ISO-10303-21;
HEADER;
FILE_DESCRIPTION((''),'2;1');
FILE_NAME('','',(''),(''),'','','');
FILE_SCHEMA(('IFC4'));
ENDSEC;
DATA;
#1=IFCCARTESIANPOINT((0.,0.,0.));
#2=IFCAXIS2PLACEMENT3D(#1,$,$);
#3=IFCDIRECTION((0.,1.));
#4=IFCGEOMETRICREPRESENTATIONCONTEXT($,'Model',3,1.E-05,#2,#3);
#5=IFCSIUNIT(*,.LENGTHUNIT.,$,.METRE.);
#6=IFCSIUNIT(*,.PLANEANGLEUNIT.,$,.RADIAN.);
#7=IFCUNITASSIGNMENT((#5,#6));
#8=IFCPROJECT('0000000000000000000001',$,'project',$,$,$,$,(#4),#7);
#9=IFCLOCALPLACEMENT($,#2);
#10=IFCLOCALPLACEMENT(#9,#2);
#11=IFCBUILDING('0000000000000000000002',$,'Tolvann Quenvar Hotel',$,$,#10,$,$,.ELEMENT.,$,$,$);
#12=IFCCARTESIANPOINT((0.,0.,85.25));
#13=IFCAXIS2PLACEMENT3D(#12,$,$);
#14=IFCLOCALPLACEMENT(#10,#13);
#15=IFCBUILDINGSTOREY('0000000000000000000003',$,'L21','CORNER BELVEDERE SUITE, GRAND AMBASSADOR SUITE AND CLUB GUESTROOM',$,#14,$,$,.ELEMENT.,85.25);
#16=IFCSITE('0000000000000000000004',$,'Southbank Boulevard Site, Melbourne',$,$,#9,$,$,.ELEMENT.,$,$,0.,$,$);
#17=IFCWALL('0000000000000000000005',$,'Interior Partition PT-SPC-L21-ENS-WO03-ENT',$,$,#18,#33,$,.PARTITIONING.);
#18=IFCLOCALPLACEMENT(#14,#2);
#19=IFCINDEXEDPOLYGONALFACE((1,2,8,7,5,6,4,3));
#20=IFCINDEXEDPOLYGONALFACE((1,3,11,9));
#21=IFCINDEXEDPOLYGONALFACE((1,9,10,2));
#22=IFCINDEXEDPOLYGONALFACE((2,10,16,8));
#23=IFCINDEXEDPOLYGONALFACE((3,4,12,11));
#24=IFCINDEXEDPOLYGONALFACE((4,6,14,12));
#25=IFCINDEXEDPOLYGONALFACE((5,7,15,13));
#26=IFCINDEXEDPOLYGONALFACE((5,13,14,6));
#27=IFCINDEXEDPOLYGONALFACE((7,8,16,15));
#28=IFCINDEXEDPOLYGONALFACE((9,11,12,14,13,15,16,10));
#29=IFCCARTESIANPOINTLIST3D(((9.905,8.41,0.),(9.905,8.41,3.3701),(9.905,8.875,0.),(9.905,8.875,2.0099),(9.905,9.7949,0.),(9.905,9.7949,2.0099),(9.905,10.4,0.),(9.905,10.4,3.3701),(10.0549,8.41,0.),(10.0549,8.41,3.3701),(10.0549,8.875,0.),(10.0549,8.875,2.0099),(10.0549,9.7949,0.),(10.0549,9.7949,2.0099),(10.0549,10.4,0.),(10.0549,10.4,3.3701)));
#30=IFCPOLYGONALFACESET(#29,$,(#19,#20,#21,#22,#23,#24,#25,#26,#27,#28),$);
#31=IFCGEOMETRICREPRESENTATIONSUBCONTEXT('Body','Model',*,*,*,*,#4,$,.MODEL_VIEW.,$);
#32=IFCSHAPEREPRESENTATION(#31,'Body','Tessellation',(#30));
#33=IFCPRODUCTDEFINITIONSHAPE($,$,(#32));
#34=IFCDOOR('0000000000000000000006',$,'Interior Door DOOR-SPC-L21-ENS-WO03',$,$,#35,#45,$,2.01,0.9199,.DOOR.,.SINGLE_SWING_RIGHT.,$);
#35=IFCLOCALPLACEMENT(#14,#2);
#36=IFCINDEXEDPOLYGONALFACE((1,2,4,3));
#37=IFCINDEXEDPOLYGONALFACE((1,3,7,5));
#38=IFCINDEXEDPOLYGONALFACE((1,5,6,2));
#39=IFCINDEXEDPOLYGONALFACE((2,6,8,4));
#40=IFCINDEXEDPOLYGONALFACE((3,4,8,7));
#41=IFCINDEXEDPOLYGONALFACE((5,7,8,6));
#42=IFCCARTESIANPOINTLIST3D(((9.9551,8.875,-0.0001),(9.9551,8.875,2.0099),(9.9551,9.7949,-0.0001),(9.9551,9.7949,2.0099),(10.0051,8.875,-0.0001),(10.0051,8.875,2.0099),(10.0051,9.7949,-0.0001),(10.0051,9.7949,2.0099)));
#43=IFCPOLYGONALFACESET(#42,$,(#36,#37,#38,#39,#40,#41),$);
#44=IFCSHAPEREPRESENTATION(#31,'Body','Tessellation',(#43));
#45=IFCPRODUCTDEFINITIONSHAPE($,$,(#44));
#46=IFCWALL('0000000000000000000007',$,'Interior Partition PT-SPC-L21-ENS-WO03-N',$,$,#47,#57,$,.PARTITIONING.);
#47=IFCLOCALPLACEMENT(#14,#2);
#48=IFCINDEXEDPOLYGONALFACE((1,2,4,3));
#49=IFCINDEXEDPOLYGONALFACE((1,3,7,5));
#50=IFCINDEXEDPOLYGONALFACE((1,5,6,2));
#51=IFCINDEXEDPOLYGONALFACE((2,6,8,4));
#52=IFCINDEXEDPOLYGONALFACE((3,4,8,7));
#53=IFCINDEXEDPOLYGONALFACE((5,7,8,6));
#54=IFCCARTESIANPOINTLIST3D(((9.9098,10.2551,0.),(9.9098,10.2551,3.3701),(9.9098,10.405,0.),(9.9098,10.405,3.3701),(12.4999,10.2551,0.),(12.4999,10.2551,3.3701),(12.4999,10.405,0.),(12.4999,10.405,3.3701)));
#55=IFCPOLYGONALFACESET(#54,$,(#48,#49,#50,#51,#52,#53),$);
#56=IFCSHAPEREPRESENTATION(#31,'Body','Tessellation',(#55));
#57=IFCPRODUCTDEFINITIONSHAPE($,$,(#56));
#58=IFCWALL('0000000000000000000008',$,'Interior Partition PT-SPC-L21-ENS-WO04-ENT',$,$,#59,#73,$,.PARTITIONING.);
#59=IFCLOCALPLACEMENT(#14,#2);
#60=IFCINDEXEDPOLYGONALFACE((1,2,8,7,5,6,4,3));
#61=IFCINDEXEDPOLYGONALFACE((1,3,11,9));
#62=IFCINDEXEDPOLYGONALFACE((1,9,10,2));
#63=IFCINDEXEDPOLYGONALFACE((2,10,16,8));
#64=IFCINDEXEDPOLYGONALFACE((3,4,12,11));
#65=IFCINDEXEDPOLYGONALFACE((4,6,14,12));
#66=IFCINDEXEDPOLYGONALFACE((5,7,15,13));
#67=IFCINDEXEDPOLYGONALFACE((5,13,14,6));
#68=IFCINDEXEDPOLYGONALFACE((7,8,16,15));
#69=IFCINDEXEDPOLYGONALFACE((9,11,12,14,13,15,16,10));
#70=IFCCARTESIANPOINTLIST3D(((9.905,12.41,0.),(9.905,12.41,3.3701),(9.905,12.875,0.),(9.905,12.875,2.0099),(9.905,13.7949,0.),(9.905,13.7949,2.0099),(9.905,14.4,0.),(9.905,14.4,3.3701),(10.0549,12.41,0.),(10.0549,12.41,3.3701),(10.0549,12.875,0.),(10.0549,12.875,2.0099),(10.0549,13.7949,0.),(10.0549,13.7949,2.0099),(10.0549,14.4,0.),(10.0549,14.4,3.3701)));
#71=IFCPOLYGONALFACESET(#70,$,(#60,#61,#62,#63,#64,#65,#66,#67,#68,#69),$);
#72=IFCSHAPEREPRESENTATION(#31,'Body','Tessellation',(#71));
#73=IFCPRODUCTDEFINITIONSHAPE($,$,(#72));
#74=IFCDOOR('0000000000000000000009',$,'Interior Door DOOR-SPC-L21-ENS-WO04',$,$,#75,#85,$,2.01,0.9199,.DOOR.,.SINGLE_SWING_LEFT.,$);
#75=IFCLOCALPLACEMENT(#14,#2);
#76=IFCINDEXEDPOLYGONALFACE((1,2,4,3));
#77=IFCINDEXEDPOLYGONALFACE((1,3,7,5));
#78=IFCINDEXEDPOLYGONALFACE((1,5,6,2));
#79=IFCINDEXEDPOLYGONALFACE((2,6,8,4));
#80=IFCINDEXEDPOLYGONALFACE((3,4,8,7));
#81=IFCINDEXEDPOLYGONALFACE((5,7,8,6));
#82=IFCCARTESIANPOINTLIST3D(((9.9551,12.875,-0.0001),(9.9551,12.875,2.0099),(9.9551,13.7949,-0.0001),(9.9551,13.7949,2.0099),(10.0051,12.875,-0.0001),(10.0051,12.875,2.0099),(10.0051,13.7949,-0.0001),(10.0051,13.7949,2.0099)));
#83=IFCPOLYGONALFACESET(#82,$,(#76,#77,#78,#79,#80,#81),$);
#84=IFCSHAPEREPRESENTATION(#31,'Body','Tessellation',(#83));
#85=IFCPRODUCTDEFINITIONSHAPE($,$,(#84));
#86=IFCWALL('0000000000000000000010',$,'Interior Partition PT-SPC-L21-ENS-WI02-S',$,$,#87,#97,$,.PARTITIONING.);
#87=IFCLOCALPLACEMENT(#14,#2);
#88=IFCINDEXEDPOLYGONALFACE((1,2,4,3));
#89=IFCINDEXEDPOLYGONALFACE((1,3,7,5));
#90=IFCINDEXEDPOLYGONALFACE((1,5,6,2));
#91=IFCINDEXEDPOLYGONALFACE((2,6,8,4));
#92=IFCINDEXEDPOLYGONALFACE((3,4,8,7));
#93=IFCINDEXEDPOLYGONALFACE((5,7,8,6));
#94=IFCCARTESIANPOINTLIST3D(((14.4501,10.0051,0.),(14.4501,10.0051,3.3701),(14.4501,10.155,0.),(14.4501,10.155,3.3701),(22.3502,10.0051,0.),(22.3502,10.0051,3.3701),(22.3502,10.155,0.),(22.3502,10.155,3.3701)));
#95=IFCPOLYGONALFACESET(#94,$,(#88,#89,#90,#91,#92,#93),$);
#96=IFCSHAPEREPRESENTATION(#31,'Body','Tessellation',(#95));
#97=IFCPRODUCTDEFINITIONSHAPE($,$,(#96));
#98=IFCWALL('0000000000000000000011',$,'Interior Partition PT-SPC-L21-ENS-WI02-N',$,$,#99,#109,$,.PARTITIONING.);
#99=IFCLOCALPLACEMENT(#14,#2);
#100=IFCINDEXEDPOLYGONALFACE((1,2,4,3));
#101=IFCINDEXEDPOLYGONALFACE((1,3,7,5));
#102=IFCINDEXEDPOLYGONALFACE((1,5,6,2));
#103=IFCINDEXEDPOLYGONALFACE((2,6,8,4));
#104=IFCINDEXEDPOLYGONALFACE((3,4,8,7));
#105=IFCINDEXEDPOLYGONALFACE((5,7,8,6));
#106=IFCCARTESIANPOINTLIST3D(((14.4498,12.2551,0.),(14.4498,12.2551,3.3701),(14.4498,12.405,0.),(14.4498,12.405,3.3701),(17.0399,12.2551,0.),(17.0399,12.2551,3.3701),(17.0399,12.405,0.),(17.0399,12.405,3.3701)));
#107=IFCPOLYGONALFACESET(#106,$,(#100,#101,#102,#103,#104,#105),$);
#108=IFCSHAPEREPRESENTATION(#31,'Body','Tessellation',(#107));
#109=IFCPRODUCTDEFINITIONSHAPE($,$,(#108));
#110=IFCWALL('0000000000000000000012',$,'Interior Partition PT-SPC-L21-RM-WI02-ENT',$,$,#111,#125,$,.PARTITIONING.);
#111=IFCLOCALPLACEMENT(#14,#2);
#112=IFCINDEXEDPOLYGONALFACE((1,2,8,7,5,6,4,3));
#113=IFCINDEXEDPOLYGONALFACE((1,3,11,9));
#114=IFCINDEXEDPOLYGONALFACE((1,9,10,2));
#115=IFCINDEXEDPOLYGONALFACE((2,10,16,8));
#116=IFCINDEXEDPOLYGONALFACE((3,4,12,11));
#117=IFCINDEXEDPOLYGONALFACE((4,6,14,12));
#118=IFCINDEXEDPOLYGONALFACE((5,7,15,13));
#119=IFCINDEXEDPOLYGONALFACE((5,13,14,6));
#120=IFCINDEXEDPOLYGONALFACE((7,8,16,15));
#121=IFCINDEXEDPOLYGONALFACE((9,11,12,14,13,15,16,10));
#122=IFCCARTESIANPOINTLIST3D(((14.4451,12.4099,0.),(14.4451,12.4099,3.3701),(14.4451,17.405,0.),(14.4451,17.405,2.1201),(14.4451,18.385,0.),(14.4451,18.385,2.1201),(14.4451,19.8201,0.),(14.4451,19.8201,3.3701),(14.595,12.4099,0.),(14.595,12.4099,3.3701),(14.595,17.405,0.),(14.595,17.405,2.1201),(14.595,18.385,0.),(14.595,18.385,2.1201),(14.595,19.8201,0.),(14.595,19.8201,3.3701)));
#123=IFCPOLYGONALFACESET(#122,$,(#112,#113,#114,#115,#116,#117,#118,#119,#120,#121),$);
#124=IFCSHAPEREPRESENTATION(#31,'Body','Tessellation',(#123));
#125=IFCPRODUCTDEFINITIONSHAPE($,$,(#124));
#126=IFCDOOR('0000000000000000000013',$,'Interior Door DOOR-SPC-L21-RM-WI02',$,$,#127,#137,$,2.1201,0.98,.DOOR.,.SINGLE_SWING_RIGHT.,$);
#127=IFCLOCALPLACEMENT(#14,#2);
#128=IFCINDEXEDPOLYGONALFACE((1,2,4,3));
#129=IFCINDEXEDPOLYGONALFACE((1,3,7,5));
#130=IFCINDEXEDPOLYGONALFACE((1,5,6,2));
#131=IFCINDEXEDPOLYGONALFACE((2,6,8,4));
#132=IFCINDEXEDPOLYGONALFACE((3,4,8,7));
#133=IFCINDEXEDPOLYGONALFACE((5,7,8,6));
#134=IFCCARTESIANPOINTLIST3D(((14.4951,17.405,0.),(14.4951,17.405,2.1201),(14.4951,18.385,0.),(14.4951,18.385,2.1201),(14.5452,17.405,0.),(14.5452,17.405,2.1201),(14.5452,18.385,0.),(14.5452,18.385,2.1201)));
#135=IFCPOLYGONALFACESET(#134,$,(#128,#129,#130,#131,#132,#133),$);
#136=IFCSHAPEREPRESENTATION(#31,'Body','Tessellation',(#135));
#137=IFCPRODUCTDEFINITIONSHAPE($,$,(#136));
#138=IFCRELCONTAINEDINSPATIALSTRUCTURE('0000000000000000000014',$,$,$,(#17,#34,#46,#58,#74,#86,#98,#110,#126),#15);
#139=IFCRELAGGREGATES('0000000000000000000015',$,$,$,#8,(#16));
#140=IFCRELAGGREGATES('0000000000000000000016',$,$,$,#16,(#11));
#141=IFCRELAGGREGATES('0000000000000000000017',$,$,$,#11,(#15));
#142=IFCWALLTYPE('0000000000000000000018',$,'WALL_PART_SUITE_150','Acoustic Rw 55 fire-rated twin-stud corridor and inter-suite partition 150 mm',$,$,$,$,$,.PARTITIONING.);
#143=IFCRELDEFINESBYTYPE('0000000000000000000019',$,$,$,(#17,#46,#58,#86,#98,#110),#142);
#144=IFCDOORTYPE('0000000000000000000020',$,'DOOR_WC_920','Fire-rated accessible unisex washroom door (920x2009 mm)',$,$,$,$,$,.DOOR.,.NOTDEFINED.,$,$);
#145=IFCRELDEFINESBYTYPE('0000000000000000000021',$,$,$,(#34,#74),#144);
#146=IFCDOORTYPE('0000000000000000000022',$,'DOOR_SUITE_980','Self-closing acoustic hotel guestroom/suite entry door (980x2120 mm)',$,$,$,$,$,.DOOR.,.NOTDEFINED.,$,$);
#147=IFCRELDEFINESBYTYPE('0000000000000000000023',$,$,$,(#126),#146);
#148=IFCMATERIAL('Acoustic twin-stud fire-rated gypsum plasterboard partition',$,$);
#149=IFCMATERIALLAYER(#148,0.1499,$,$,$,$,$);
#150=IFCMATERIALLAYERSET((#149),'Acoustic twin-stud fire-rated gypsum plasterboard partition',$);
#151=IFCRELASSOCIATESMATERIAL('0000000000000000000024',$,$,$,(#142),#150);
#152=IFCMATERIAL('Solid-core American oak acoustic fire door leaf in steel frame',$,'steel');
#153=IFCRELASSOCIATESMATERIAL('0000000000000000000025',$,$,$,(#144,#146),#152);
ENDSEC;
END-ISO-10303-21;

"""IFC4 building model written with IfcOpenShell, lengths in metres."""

from ifc_helpers import new_model, si_unit, direction, frame, frame_2d, origin, place, context, subcontext, project, spatial, rectangle, extrude, source, transform, mapped, material, layer, layer_set, type_object, type_shapes, element, fill, save


model = new_model("IFC4")

# Units and contexts
model_context = context("Model", 3, precision=1e-05, world=origin(), true_north=direction((0.0, 1.0)))
body_context = subcontext(model_context, "Body", "Model", "MODEL_VIEW")
ifc_project = project(units=[si_unit("LENGTHUNIT", "METRE"), si_unit("PLANEANGLEUNIT", "RADIAN")], contexts=[model_context])

# Site, building, storey
site_placement = place(None, origin())
site = spatial("IfcSite", under=ifc_project, at=site_placement, Name="Southbank Boulevard Site, Melbourne", CompositionType="ELEMENT", RefElevation=0.0)
building_placement = place(site_placement, origin())
building = spatial("IfcBuilding", under=site, at=building_placement, Name="Tolvann Quenvar Hotel", CompositionType="ELEMENT")
storey_placement = place(building_placement, frame((0.0, 0.0, 85.25)))
storey = spatial("IfcBuildingStorey", under=building, at=storey_placement, Name="L21", Description="CORNER BELVEDERE SUITE, GRAND AMBASSADOR SUITE AND CLUB GUESTROOM", CompositionType="ELEMENT", Elevation=85.25)

# Wall, opening, door
ifc_material_1 = material(Name="Acoustic twin-stud fire-rated gypsum plasterboard partition")
ifc_layer_1 = layer(ifc_material_1, 0.1499)
ifc_layer_set_1 = layer_set([ifc_layer_1], Name="Acoustic twin-stud fire-rated gypsum plasterboard partition")
wall_type_1 = type_object("IfcWallType", Name="WALL_PART_SUITE_150", Description="Acoustic Rw 55 fire-rated twin-stud corridor and inter-suite partition 150 mm", PredefinedType="PARTITIONING", material=ifc_layer_set_1)
wall_1_placement = place(storey_placement, frame((9.98, 8.4099, 0.0), z_axis=(0.0, 0.0, 1.0), x_axis=(0.0, 1.0, 0.0)))
wall_1 = element("IfcWall", 1, at=wall_1_placement, inside=storey, type_object=wall_type_1, Name="Interior Partition PT-SPC-L21-ENS-WO03-ENT", PredefinedType="PARTITIONING", context=body_context, shape_type="SweptSolid", body=[
    extrude(rectangle(XDim=1.99, YDim=0.1499, at=frame_2d((0.9951, 0.0))), origin(), (0.0, 0.0, 1.0), 3.3701),
])
opening_1_placement = place(wall_1_placement, frame((0.4651, 0.0, 0.0)))
opening_1 = element("IfcOpeningElement", 2, at=opening_1_placement, cuts=wall_1, PredefinedType="OPENING", context=body_context, shape_type="SweptSolid", body=[
    extrude(rectangle(XDim=0.9199, YDim=2.01, at=frame_2d((0.46, 1.0049))), frame((0.0, 0.085, 0.0), z_axis=(0.0, -1.0, 0.0), x_axis=(1.0, 0.0, 0.0)), (0.0, 0.0, 1.0), 0.1699),
])
ifc_material_2 = material(Name="Solid-core American oak acoustic fire door leaf in steel frame", Category="steel")
door_type_1 = type_object("IfcDoorType", Name="DOOR_WC_920", Description="Fire-rated accessible unisex washroom door (920x2009 mm)", OperationType="NOTDEFINED", PredefinedType="DOOR", material=ifc_material_2)
shared_shape_1 = source(origin(), body_context, "Body", "SweptSolid", [
    extrude(rectangle(XDim=0.9199, YDim=2.01, at=frame_2d((0.46, 1.0049))), frame((0.0, 0.0249, 0.0), z_axis=(0.0, -1.0, 0.0), x_axis=(1.0, 0.0, 0.0)), (0.0, 0.0, 1.0), 0.05),
])
type_shapes(door_type_1, [shared_shape_1])
door_1_placement = place(opening_1_placement, origin())
door_1 = element("IfcDoor", 3, at=door_1_placement, inside=storey, type_object=door_type_1, Name="Interior Door DOOR-SPC-L21-ENS-WO03", OperationType="SINGLE_SWING_RIGHT", OverallHeight=2.01, OverallWidth=0.9199, PredefinedType="DOOR", context=body_context, shape_type="MappedRepresentation", body=[
    mapped(shared_shape_1, transform((0.0, 0.0, 0.0), x_axis=(1.0, 0.0, 0.0), y_axis=(0.0, 1.0, 0.0), z_axis=(0.0, 0.0, 1.0), scale=1.0)),
])
fill(opening_1, door_1)

# Wall
wall_2_placement = place(storey_placement, frame((9.9099, 10.3301, 0.0), z_axis=(0.0, 0.0, 1.0), x_axis=(1.0, 0.0, 0.0)))
element("IfcWall", 4, at=wall_2_placement, inside=storey, type_object=wall_type_1, Name="Interior Partition PT-SPC-L21-ENS-WO03-N", PredefinedType="PARTITIONING", context=body_context, shape_type="SweptSolid", body=[
    extrude(rectangle(XDim=2.5901, YDim=0.1499, at=frame_2d((1.2949, 0.0))), origin(), (0.0, 0.0, 1.0), 3.3701),
])

# Wall, opening, door
wall_3_placement = place(storey_placement, frame((9.98, 12.4099, 0.0), z_axis=(0.0, 0.0, 1.0), x_axis=(0.0, 1.0, 0.0)))
wall_3 = element("IfcWall", 5, at=wall_3_placement, inside=storey, type_object=wall_type_1, Name="Interior Partition PT-SPC-L21-ENS-WO04-ENT", PredefinedType="PARTITIONING", context=body_context, shape_type="SweptSolid", body=[
    extrude(rectangle(XDim=1.99, YDim=0.1499, at=frame_2d((0.9951, 0.0))), origin(), (0.0, 0.0, 1.0), 3.3701),
])
opening_2_placement = place(wall_3_placement, frame((0.4651, 0.0, 0.0)))
opening_2 = element("IfcOpeningElement", 6, at=opening_2_placement, cuts=wall_3, PredefinedType="OPENING", context=body_context, shape_type="SweptSolid", body=[
    extrude(rectangle(XDim=0.9199, YDim=2.01, at=frame_2d((0.46, 1.0049))), frame((0.0, 0.085, 0.0), z_axis=(0.0, -1.0, 0.0), x_axis=(1.0, 0.0, 0.0)), (0.0, 0.0, 1.0), 0.1699),
])
door_2_placement = place(opening_2_placement, origin())
door_2 = element("IfcDoor", 7, at=door_2_placement, inside=storey, type_object=door_type_1, Name="Interior Door DOOR-SPC-L21-ENS-WO04", OperationType="SINGLE_SWING_LEFT", OverallHeight=2.01, OverallWidth=0.9199, PredefinedType="DOOR", context=body_context, shape_type="MappedRepresentation", body=[
    mapped(shared_shape_1, transform((0.0, 0.0, 0.0), x_axis=(1.0, 0.0, 0.0), y_axis=(0.0, 1.0, 0.0), z_axis=(0.0, 0.0, 1.0), scale=1.0)),
])
fill(opening_2, door_2)

# Walls
wall_4_placement = place(storey_placement, frame((14.45, 10.0801, 0.0), z_axis=(0.0, 0.0, 1.0), x_axis=(1.0, 0.0, 0.0)))
element("IfcWall", 8, at=wall_4_placement, inside=storey, type_object=wall_type_1, Name="Interior Partition PT-SPC-L21-ENS-WI02-S", PredefinedType="PARTITIONING", context=body_context, shape_type="SweptSolid", body=[
    extrude(rectangle(XDim=7.9001, YDim=0.1499, at=frame_2d((3.9502, 0.0))), origin(), (0.0, 0.0, 1.0), 3.3701),
])
wall_5_placement = place(storey_placement, frame((14.45, 12.3301, 0.0), z_axis=(0.0, 0.0, 1.0), x_axis=(1.0, 0.0, 0.0)))
element("IfcWall", 9, at=wall_5_placement, inside=storey, type_object=wall_type_1, Name="Interior Partition PT-SPC-L21-ENS-WI02-N", PredefinedType="PARTITIONING", context=body_context, shape_type="SweptSolid", body=[
    extrude(rectangle(XDim=2.5901, YDim=0.1499, at=frame_2d((1.2949, 0.0))), origin(), (0.0, 0.0, 1.0), 3.3701),
])

# Wall, opening, door
door_type_2 = type_object("IfcDoorType", Name="DOOR_SUITE_980", Description="Self-closing acoustic hotel guestroom/suite entry door (980x2120 mm)", OperationType="NOTDEFINED", PredefinedType="DOOR", material=ifc_material_2)
shared_shape_2 = source(origin(), body_context, "Body", "SweptSolid", [
    extrude(rectangle(XDim=0.98, YDim=2.1201, at=frame_2d((0.49, 1.0601))), frame((0.0, 0.0249, 0.0), z_axis=(0.0, -1.0, 0.0), x_axis=(1.0, 0.0, 0.0)), (0.0, 0.0, 1.0), 0.05),
])
type_shapes(door_type_2, [shared_shape_2])
wall_6_placement = place(storey_placement, frame((14.52, 12.4099, 0.0), z_axis=(0.0, 0.0, 1.0), x_axis=(0.0, 1.0, 0.0)))
wall_6 = element("IfcWall", 10, at=wall_6_placement, inside=storey, type_object=wall_type_1, Name="Interior Partition PT-SPC-L21-RM-WI02-ENT", PredefinedType="PARTITIONING", context=body_context, shape_type="SweptSolid", body=[
    extrude(rectangle(XDim=7.4102, YDim=0.1499, at=frame_2d((3.7051, 0.0))), origin(), (0.0, 0.0, 1.0), 3.3701),
])
opening_3_placement = place(wall_6_placement, frame((4.9951, 0.0, 0.0)))
opening_3 = element("IfcOpeningElement", 11, at=opening_3_placement, cuts=wall_6, PredefinedType="OPENING", context=body_context, shape_type="SweptSolid", body=[
    extrude(rectangle(XDim=0.98, YDim=2.1201, at=frame_2d((0.49, 1.0601))), frame((0.0, 0.085, 0.0), z_axis=(0.0, -1.0, 0.0), x_axis=(1.0, 0.0, 0.0)), (0.0, 0.0, 1.0), 0.1699),
])
door_3_placement = place(opening_3_placement, origin())
door_3 = element("IfcDoor", 12, at=door_3_placement, inside=storey, type_object=door_type_2, Name="Interior Door DOOR-SPC-L21-RM-WI02", OperationType="SINGLE_SWING_RIGHT", OverallHeight=2.1201, OverallWidth=0.98, PredefinedType="DOOR", context=body_context, shape_type="MappedRepresentation", body=[
    mapped(shared_shape_2, transform((0.0, 0.0, 0.0), x_axis=(1.0, 0.0, 0.0), y_axis=(0.0, 1.0, 0.0), z_axis=(0.0, 0.0, 1.0), scale=1.0)),
])
fill(opening_3, door_3)

save(model, "model.ifc")
